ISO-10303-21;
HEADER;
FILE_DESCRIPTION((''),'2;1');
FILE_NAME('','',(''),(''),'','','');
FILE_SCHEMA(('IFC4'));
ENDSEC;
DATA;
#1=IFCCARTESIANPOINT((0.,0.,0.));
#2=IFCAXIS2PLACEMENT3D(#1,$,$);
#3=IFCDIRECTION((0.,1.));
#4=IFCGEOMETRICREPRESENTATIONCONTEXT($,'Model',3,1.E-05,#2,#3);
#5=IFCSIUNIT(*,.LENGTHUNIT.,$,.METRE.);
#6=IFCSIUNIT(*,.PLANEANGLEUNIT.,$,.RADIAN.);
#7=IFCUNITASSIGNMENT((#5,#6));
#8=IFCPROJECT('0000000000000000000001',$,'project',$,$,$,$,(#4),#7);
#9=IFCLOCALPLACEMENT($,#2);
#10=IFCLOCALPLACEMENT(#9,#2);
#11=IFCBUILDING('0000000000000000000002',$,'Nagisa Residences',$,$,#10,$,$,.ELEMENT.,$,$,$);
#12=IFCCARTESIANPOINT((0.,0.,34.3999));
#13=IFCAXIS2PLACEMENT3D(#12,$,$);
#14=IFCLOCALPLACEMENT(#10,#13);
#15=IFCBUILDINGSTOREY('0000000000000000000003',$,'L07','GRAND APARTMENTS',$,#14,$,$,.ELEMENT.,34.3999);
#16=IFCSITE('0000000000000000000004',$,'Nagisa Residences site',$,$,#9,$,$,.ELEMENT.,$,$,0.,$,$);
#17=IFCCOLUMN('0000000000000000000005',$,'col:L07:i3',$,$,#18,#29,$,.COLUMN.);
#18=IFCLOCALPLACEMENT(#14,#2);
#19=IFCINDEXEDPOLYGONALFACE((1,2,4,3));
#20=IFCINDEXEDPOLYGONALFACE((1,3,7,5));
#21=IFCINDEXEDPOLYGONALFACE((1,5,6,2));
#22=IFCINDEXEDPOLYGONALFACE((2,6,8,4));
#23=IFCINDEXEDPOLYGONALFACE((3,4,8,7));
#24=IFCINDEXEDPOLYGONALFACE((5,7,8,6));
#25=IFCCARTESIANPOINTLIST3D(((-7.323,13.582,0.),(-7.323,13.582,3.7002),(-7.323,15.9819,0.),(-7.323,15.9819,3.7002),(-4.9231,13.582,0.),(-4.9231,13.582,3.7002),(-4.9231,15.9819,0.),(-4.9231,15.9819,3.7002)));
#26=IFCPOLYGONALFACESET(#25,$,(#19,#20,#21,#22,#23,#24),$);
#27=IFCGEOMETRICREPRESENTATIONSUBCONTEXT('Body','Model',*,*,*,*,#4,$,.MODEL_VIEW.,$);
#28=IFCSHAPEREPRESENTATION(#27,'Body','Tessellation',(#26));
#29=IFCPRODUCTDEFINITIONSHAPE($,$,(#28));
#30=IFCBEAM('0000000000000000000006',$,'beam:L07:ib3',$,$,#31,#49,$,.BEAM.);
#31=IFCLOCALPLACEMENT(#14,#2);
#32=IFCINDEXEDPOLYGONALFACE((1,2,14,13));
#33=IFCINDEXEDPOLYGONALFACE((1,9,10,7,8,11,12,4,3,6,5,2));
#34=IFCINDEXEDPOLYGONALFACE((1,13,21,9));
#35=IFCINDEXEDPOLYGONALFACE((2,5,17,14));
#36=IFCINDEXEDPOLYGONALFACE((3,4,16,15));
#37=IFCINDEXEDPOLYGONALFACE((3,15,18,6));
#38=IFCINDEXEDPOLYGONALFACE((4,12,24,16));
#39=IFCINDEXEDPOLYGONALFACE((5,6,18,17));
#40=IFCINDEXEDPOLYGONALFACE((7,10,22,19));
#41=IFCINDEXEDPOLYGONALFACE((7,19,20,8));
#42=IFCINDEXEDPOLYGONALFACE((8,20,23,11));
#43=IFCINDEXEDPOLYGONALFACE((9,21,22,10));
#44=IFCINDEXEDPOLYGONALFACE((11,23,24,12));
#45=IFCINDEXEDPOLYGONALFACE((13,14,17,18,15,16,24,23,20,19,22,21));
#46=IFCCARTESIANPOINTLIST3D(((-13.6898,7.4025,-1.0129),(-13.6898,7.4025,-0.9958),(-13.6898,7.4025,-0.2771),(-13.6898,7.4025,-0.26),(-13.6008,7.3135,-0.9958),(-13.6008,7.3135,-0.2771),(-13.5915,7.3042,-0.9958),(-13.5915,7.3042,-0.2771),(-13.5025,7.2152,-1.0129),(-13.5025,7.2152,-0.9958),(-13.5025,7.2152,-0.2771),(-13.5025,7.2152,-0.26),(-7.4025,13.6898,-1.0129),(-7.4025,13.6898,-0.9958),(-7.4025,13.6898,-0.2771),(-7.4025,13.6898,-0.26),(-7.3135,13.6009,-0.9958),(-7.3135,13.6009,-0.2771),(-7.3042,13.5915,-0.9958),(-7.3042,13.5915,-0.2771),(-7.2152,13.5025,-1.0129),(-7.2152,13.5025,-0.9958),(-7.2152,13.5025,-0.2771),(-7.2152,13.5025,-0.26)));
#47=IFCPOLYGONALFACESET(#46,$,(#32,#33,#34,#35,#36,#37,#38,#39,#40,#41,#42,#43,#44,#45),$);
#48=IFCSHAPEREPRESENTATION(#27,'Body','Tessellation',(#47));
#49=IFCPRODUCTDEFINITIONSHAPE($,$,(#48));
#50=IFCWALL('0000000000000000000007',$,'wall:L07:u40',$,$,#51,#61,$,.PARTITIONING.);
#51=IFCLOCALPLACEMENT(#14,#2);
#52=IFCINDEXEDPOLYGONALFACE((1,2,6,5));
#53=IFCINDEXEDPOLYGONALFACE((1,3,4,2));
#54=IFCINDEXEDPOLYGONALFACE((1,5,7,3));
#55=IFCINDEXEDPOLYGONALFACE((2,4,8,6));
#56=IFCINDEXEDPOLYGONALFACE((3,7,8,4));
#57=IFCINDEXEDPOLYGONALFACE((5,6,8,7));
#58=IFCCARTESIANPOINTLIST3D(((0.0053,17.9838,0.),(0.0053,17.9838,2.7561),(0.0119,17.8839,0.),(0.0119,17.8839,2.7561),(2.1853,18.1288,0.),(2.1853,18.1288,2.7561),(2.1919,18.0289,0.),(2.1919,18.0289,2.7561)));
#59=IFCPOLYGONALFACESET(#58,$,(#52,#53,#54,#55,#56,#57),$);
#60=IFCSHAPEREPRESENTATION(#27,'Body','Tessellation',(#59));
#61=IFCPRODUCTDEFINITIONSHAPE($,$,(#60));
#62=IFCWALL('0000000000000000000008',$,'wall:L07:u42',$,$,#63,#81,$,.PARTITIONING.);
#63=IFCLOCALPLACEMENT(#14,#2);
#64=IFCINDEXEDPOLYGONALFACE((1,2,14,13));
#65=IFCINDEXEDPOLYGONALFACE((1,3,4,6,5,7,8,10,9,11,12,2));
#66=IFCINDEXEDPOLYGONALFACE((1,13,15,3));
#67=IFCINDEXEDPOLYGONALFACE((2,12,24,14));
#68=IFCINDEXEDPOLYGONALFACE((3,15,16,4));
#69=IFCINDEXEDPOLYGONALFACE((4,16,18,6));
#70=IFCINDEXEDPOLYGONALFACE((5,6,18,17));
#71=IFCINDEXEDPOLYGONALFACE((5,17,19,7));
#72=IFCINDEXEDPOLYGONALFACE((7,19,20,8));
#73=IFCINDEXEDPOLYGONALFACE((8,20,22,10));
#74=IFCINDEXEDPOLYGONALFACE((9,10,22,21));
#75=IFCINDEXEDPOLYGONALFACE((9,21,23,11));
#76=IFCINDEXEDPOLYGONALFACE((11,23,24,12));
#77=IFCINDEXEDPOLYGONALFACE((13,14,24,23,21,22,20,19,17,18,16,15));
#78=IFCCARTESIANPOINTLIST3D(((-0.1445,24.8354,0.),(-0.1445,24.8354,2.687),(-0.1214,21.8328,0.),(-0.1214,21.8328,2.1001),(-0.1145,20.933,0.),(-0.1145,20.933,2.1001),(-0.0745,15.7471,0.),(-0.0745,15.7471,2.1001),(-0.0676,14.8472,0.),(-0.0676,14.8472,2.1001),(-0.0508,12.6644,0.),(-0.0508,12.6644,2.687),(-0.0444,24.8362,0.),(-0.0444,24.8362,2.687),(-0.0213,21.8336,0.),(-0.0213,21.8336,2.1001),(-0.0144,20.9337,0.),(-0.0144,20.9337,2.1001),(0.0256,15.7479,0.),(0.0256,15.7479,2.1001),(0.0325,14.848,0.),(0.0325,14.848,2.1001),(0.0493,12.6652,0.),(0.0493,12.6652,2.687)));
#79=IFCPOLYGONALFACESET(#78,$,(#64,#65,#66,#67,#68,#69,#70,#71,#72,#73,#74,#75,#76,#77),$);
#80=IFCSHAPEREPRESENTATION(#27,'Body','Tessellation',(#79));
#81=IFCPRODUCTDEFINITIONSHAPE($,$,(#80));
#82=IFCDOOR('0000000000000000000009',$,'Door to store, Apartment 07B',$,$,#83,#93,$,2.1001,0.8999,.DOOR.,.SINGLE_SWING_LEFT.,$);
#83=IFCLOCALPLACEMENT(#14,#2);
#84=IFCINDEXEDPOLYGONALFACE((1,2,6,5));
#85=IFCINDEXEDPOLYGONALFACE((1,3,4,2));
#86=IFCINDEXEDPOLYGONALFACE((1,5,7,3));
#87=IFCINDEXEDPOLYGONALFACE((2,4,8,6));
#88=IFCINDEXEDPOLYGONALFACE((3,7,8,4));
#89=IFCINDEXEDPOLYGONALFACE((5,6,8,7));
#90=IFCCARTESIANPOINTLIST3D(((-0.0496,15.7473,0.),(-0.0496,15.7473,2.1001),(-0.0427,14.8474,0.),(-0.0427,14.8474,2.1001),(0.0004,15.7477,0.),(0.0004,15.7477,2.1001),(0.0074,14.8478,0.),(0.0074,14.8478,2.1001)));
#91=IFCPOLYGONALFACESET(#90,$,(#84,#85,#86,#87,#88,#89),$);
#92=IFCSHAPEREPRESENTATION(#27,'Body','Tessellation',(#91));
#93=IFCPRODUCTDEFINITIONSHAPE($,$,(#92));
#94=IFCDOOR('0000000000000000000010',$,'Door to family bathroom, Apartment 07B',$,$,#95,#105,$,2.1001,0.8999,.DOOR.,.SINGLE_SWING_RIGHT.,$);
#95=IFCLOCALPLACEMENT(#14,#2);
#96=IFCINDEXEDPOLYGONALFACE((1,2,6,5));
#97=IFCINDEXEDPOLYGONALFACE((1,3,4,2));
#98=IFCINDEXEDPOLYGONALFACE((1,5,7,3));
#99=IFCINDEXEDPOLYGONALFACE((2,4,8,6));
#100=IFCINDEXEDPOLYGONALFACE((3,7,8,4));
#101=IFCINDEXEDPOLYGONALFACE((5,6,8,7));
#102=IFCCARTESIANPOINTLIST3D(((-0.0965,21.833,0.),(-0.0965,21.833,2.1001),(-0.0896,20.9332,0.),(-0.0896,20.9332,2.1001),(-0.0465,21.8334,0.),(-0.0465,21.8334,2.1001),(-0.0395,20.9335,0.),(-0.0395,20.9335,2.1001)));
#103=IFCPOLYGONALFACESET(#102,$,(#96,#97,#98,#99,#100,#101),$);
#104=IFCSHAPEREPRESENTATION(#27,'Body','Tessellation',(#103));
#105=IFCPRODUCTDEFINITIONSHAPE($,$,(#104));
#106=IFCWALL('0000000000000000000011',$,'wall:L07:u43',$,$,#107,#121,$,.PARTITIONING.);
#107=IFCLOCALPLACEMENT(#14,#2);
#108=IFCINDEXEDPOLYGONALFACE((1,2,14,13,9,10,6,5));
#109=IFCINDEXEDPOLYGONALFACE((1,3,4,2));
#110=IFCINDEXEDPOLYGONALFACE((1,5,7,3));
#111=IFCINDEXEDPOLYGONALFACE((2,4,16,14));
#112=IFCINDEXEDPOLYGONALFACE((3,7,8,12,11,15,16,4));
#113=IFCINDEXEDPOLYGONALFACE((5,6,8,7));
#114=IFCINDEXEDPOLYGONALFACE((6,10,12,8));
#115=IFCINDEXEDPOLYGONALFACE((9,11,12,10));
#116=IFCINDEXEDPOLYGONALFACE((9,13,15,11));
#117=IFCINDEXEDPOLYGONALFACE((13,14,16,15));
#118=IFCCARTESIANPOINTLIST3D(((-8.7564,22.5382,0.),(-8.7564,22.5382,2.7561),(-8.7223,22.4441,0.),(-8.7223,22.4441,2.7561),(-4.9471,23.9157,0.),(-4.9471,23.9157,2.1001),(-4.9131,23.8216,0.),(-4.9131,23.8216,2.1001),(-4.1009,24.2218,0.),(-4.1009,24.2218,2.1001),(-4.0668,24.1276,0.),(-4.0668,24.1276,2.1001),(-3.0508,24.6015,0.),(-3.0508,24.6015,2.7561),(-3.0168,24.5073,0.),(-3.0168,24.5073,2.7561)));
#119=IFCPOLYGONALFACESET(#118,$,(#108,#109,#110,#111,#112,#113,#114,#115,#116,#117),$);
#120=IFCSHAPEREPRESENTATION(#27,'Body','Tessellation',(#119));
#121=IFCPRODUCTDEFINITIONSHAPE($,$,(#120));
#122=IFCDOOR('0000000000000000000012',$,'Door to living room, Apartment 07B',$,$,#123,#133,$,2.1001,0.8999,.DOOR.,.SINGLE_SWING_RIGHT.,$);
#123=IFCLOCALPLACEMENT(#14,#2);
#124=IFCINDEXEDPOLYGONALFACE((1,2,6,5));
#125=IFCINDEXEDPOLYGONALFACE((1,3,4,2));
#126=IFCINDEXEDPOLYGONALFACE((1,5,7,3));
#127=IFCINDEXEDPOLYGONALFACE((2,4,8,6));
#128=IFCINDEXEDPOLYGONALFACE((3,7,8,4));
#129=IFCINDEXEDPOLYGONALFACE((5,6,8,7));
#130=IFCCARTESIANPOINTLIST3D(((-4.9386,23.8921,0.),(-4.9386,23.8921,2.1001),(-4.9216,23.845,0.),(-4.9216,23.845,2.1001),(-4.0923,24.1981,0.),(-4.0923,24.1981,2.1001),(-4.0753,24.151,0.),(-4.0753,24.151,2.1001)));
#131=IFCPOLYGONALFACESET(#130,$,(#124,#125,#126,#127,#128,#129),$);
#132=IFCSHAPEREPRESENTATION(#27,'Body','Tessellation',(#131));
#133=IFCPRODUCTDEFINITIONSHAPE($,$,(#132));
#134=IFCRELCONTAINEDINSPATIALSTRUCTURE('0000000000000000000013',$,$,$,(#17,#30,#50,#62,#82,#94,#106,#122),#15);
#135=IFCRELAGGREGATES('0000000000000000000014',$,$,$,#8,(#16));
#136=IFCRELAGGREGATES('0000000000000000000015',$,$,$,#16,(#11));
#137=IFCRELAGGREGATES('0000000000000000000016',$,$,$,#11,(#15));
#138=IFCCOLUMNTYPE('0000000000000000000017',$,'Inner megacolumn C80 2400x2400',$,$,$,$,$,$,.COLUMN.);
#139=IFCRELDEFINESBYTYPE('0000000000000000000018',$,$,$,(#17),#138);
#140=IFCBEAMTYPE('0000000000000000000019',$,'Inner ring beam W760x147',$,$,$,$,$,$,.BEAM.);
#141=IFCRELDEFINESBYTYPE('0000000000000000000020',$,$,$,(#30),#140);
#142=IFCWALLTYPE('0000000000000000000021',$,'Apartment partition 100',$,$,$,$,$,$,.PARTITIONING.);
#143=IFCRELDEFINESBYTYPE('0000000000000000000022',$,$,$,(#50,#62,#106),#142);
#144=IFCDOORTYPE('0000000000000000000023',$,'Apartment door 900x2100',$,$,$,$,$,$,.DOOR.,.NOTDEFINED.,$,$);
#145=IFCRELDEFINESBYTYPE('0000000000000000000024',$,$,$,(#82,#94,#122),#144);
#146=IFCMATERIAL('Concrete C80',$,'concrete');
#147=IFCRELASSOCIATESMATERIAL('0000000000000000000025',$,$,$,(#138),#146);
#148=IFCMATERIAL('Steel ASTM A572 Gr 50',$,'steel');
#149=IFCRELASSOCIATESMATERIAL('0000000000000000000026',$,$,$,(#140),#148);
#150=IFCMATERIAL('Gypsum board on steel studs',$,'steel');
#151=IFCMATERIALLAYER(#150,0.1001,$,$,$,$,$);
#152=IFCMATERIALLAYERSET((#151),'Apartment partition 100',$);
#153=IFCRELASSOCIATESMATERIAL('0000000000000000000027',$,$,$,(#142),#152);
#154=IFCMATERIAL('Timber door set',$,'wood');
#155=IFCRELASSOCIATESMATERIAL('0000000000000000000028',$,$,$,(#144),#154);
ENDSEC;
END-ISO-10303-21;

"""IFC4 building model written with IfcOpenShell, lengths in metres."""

from ifc_helpers import new_model, si_unit, direction, frame, frame_2d, origin, origin_2d, place, context, subcontext, project, spatial, rectangle, i_section, extrude, material, layer, layer_set, material_profile, profile_set, type_object, element, fill, save


model = new_model("IFC4")

# Units and contexts
model_context = context("Model", 3, precision=1e-05, world=origin(), true_north=direction((0.0, 1.0)))
body_context = subcontext(model_context, "Body", "Model", "MODEL_VIEW")
ifc_project = project(units=[si_unit("LENGTHUNIT", "METRE"), si_unit("PLANEANGLEUNIT", "RADIAN")], contexts=[model_context])

# Site, building, storey
site_placement = place(None, origin())
site = spatial("IfcSite", under=ifc_project, at=site_placement, Name="Nagisa Residences site", CompositionType="ELEMENT", RefElevation=0.0)
building_placement = place(site_placement, origin())
building = spatial("IfcBuilding", under=site, at=building_placement, Name="Nagisa Residences", CompositionType="ELEMENT")
storey_placement = place(building_placement, frame((0.0, 0.0, 34.3999)))
storey = spatial("IfcBuildingStorey", under=building, at=storey_placement, Name="L07", Description="GRAND APARTMENTS", CompositionType="ELEMENT", Elevation=34.3999)

# Column
ifc_material_1 = material(Name="Concrete C80", Category="concrete")
ifc_material_profile_1 = material_profile(ifc_material_1, rectangle(XDim=2.3999, YDim=2.3999, at=origin_2d()), Name="C80 2400x2400")
ifc_profile_set_1 = profile_set([ifc_material_profile_1], Name="Concrete C80")
column_type = type_object("IfcColumnType", Name="Inner megacolumn C80 2400x2400", PredefinedType="COLUMN", material=ifc_profile_set_1)
column_placement = place(storey_placement, frame((-6.123, 14.782, 0.0), z_axis=(0.0, 0.0, 1.0), x_axis=(1.0, 0.0, 0.0)))
element("IfcColumn", 1, at=column_placement, inside=storey, type_object=column_type, Name="col:L07:i3", PredefinedType="COLUMN", context=body_context, shape_type="SweptSolid", body=[
    extrude(rectangle(XDim=2.3999, YDim=2.3999, at=origin_2d()), origin(), (0.0, 0.0, 1.0), 3.7002),
])

# Beam
ifc_material_2 = material(Name="Steel ASTM A572 Gr 50", Category="steel")
ifc_material_profile_2 = material_profile(ifc_material_2, i_section(OverallWidth=0.2649, OverallDepth=0.7529, WebThickness=0.0132, FlangeThickness=0.0171, at=origin_2d()), Name="W760x147")
ifc_profile_set_2 = profile_set([ifc_material_profile_2], Name="Steel ASTM A572 Gr 50")
beam_type = type_object("IfcBeamType", Name="Inner ring beam W760x147", PredefinedType="BEAM", material=ifc_profile_set_2)
beam_placement = place(storey_placement, frame((-7.3088, 13.5962, -0.6365), z_axis=(-0.707107, -0.707107, 0.0), x_axis=(0.707107, -0.707107, 0.0)))
element("IfcBeam", 2, at=beam_placement, inside=storey, type_object=beam_type, Name="beam:L07:ib3", PredefinedType="BEAM", context=body_context, shape_type="SweptSolid", body=[
    extrude(i_section(OverallWidth=0.2649, OverallDepth=0.7529, WebThickness=0.0132, FlangeThickness=0.0171, at=origin_2d()), origin(), (0.0, 0.0, 1.0), 8.8916),
])

# Wall
ifc_material_3 = material(Name="Gypsum board on steel studs", Category="steel")
ifc_layer = layer(ifc_material_3, 0.1001)
ifc_layer_set = layer_set([ifc_layer], Name="Apartment partition 100")
wall_type = type_object("IfcWallType", Name="Apartment partition 100", PredefinedType="PARTITIONING", material=ifc_layer_set)
wall_1_placement = place(storey_placement, frame((2.1885, 18.0789, 0.0), z_axis=(0.0, 0.0, 1.0), x_axis=(-0.997795, -0.066378, 0.0)))
element("IfcWall", 3, at=wall_1_placement, inside=storey, type_object=wall_type, Name="wall:L07:u40", PredefinedType="PARTITIONING", context=body_context, shape_type="SweptSolid", body=[
    extrude(rectangle(XDim=2.1848, YDim=0.1001, at=frame_2d((1.0923, 0.0))), origin(), (0.0, 0.0, 1.0), 2.7561),
])

# Wall, openings, doors
wall_2_placement = place(storey_placement, frame((-0.0007, 12.6648, 0.0), z_axis=(0.0, 0.0, 1.0), x_axis=(-0.007702, 0.99997, 0.0)))
wall_2 = element("IfcWall", 4, at=wall_2_placement, inside=storey, type_object=wall_type, Name="wall:L07:u42", PredefinedType="PARTITIONING", context=body_context, shape_type="SweptSolid", body=[
    extrude(rectangle(XDim=12.1714, YDim=0.1001, at=frame_2d((6.0857, 0.0))), origin(), (0.0, 0.0, 1.0), 2.687),
])
opening_1_placement = place(wall_2_placement, frame((2.1829, 0.0, 0.0)))
opening_1 = element("IfcOpeningElement", 5, at=opening_1_placement, cuts=wall_2, PredefinedType="OPENING", context=body_context, shape_type="SweptSolid", body=[
    extrude(rectangle(XDim=0.8999, YDim=2.1001, at=frame_2d((0.45, 1.05))), frame((0.0, 0.0601, 0.0), z_axis=(0.0, -1.0, 0.0), x_axis=(1.0, 0.0, 0.0)), (0.0, 0.0, 1.0), 0.1201),
])
opening_2_placement = place(wall_2_placement, frame((8.2688, 0.0, 0.0)))
opening_2 = element("IfcOpeningElement", 6, at=opening_2_placement, cuts=wall_2, PredefinedType="OPENING", context=body_context, shape_type="SweptSolid", body=[
    extrude(rectangle(XDim=0.8999, YDim=2.1001, at=frame_2d((0.45, 1.05))), frame((0.0, 0.0601, 0.0), z_axis=(0.0, -1.0, 0.0), x_axis=(1.0, 0.0, 0.0)), (0.0, 0.0, 1.0), 0.1201),
])
ifc_material_4 = material(Name="Timber door set", Category="wood")
door_type = type_object("IfcDoorType", Name="Apartment door 900x2100", OperationType="NOTDEFINED", PredefinedType="DOOR", material=ifc_material_4)
door_1_placement = place(opening_1_placement, frame((0.8999, 0.0, 0.0), x_axis=(-1.0, 0.0, 0.0)))
door_1 = element("IfcDoor", 7, at=door_1_placement, inside=storey, type_object=door_type, Name="Door to store, Apartment 07B", OperationType="SINGLE_SWING_LEFT", OverallHeight=2.1001, OverallWidth=0.8999, PredefinedType="DOOR", context=body_context, shape_type="SweptSolid", body=[
    extrude(rectangle(XDim=0.8999, YDim=2.1001, at=frame_2d((0.45, 1.05))), frame((0.0, 0.0249, 0.0), z_axis=(0.0, -1.0, 0.0), x_axis=(1.0, 0.0, 0.0)), (0.0, 0.0, 1.0), 0.05),
])
fill(opening_1, door_1)
door_2_placement = place(opening_2_placement, frame((0.8999, 0.0, 0.0), x_axis=(-1.0, 0.0, 0.0)))
door_2 = element("IfcDoor", 8, at=door_2_placement, inside=storey, type_object=door_type, Name="Door to family bathroom, Apartment 07B", OperationType="SINGLE_SWING_RIGHT", OverallHeight=2.1001, OverallWidth=0.8999, PredefinedType="DOOR", context=body_context, shape_type="SweptSolid", body=[
    extrude(rectangle(XDim=0.8999, YDim=2.1001, at=frame_2d((0.45, 1.05))), frame((0.0, 0.0249, 0.0), z_axis=(0.0, -1.0, 0.0), x_axis=(1.0, 0.0, 0.0)), (0.0, 0.0, 1.0), 0.05),
])
fill(opening_2, door_2)

# Wall, opening, door
wall_3_placement = place(storey_placement, frame((-3.0337, 24.5544, 0.0), z_axis=(0.0, 0.0, 1.0), x_axis=(-0.940402, -0.340066, 0.0)))
wall_3 = element("IfcWall", 9, at=wall_3_placement, inside=storey, type_object=wall_type, Name="wall:L07:u43", PredefinedType="PARTITIONING", context=body_context, shape_type="SweptSolid", body=[
    extrude(rectangle(XDim=6.0671, YDim=0.1001, at=frame_2d((3.0337, 0.0))), origin(), (0.0, 0.0, 1.0), 2.7561),
])
opening_3_placement = place(wall_3_placement, frame((1.1167, 0.0, 0.0)))
opening_3 = element("IfcOpeningElement", 10, at=opening_3_placement, cuts=wall_3, PredefinedType="OPENING", context=body_context, shape_type="SweptSolid", body=[
    extrude(rectangle(XDim=0.8999, YDim=2.1001, at=frame_2d((0.45, 1.05))), frame((0.0, 0.0601, 0.0), z_axis=(0.0, -1.0, 0.0), x_axis=(1.0, 0.0, 0.0)), (0.0, 0.0, 1.0), 0.1201),
])
door_3_placement = place(opening_3_placement, frame((0.8999, 0.0, 0.0), x_axis=(-1.0, 0.0, 0.0)))
door_3 = element("IfcDoor", 11, at=door_3_placement, inside=storey, type_object=door_type, Name="Door to living room, Apartment 07B", OperationType="SINGLE_SWING_RIGHT", OverallHeight=2.1001, OverallWidth=0.8999, PredefinedType="DOOR", context=body_context, shape_type="SweptSolid", body=[
    extrude(rectangle(XDim=0.8999, YDim=2.1001, at=frame_2d((0.45, 1.05))), frame((0.0, 0.0249, 0.0), z_axis=(0.0, -1.0, 0.0), x_axis=(1.0, 0.0, 0.0)), (0.0, 0.0, 1.0), 0.05),
])
fill(opening_3, door_3)

save(model, "model.ifc")
